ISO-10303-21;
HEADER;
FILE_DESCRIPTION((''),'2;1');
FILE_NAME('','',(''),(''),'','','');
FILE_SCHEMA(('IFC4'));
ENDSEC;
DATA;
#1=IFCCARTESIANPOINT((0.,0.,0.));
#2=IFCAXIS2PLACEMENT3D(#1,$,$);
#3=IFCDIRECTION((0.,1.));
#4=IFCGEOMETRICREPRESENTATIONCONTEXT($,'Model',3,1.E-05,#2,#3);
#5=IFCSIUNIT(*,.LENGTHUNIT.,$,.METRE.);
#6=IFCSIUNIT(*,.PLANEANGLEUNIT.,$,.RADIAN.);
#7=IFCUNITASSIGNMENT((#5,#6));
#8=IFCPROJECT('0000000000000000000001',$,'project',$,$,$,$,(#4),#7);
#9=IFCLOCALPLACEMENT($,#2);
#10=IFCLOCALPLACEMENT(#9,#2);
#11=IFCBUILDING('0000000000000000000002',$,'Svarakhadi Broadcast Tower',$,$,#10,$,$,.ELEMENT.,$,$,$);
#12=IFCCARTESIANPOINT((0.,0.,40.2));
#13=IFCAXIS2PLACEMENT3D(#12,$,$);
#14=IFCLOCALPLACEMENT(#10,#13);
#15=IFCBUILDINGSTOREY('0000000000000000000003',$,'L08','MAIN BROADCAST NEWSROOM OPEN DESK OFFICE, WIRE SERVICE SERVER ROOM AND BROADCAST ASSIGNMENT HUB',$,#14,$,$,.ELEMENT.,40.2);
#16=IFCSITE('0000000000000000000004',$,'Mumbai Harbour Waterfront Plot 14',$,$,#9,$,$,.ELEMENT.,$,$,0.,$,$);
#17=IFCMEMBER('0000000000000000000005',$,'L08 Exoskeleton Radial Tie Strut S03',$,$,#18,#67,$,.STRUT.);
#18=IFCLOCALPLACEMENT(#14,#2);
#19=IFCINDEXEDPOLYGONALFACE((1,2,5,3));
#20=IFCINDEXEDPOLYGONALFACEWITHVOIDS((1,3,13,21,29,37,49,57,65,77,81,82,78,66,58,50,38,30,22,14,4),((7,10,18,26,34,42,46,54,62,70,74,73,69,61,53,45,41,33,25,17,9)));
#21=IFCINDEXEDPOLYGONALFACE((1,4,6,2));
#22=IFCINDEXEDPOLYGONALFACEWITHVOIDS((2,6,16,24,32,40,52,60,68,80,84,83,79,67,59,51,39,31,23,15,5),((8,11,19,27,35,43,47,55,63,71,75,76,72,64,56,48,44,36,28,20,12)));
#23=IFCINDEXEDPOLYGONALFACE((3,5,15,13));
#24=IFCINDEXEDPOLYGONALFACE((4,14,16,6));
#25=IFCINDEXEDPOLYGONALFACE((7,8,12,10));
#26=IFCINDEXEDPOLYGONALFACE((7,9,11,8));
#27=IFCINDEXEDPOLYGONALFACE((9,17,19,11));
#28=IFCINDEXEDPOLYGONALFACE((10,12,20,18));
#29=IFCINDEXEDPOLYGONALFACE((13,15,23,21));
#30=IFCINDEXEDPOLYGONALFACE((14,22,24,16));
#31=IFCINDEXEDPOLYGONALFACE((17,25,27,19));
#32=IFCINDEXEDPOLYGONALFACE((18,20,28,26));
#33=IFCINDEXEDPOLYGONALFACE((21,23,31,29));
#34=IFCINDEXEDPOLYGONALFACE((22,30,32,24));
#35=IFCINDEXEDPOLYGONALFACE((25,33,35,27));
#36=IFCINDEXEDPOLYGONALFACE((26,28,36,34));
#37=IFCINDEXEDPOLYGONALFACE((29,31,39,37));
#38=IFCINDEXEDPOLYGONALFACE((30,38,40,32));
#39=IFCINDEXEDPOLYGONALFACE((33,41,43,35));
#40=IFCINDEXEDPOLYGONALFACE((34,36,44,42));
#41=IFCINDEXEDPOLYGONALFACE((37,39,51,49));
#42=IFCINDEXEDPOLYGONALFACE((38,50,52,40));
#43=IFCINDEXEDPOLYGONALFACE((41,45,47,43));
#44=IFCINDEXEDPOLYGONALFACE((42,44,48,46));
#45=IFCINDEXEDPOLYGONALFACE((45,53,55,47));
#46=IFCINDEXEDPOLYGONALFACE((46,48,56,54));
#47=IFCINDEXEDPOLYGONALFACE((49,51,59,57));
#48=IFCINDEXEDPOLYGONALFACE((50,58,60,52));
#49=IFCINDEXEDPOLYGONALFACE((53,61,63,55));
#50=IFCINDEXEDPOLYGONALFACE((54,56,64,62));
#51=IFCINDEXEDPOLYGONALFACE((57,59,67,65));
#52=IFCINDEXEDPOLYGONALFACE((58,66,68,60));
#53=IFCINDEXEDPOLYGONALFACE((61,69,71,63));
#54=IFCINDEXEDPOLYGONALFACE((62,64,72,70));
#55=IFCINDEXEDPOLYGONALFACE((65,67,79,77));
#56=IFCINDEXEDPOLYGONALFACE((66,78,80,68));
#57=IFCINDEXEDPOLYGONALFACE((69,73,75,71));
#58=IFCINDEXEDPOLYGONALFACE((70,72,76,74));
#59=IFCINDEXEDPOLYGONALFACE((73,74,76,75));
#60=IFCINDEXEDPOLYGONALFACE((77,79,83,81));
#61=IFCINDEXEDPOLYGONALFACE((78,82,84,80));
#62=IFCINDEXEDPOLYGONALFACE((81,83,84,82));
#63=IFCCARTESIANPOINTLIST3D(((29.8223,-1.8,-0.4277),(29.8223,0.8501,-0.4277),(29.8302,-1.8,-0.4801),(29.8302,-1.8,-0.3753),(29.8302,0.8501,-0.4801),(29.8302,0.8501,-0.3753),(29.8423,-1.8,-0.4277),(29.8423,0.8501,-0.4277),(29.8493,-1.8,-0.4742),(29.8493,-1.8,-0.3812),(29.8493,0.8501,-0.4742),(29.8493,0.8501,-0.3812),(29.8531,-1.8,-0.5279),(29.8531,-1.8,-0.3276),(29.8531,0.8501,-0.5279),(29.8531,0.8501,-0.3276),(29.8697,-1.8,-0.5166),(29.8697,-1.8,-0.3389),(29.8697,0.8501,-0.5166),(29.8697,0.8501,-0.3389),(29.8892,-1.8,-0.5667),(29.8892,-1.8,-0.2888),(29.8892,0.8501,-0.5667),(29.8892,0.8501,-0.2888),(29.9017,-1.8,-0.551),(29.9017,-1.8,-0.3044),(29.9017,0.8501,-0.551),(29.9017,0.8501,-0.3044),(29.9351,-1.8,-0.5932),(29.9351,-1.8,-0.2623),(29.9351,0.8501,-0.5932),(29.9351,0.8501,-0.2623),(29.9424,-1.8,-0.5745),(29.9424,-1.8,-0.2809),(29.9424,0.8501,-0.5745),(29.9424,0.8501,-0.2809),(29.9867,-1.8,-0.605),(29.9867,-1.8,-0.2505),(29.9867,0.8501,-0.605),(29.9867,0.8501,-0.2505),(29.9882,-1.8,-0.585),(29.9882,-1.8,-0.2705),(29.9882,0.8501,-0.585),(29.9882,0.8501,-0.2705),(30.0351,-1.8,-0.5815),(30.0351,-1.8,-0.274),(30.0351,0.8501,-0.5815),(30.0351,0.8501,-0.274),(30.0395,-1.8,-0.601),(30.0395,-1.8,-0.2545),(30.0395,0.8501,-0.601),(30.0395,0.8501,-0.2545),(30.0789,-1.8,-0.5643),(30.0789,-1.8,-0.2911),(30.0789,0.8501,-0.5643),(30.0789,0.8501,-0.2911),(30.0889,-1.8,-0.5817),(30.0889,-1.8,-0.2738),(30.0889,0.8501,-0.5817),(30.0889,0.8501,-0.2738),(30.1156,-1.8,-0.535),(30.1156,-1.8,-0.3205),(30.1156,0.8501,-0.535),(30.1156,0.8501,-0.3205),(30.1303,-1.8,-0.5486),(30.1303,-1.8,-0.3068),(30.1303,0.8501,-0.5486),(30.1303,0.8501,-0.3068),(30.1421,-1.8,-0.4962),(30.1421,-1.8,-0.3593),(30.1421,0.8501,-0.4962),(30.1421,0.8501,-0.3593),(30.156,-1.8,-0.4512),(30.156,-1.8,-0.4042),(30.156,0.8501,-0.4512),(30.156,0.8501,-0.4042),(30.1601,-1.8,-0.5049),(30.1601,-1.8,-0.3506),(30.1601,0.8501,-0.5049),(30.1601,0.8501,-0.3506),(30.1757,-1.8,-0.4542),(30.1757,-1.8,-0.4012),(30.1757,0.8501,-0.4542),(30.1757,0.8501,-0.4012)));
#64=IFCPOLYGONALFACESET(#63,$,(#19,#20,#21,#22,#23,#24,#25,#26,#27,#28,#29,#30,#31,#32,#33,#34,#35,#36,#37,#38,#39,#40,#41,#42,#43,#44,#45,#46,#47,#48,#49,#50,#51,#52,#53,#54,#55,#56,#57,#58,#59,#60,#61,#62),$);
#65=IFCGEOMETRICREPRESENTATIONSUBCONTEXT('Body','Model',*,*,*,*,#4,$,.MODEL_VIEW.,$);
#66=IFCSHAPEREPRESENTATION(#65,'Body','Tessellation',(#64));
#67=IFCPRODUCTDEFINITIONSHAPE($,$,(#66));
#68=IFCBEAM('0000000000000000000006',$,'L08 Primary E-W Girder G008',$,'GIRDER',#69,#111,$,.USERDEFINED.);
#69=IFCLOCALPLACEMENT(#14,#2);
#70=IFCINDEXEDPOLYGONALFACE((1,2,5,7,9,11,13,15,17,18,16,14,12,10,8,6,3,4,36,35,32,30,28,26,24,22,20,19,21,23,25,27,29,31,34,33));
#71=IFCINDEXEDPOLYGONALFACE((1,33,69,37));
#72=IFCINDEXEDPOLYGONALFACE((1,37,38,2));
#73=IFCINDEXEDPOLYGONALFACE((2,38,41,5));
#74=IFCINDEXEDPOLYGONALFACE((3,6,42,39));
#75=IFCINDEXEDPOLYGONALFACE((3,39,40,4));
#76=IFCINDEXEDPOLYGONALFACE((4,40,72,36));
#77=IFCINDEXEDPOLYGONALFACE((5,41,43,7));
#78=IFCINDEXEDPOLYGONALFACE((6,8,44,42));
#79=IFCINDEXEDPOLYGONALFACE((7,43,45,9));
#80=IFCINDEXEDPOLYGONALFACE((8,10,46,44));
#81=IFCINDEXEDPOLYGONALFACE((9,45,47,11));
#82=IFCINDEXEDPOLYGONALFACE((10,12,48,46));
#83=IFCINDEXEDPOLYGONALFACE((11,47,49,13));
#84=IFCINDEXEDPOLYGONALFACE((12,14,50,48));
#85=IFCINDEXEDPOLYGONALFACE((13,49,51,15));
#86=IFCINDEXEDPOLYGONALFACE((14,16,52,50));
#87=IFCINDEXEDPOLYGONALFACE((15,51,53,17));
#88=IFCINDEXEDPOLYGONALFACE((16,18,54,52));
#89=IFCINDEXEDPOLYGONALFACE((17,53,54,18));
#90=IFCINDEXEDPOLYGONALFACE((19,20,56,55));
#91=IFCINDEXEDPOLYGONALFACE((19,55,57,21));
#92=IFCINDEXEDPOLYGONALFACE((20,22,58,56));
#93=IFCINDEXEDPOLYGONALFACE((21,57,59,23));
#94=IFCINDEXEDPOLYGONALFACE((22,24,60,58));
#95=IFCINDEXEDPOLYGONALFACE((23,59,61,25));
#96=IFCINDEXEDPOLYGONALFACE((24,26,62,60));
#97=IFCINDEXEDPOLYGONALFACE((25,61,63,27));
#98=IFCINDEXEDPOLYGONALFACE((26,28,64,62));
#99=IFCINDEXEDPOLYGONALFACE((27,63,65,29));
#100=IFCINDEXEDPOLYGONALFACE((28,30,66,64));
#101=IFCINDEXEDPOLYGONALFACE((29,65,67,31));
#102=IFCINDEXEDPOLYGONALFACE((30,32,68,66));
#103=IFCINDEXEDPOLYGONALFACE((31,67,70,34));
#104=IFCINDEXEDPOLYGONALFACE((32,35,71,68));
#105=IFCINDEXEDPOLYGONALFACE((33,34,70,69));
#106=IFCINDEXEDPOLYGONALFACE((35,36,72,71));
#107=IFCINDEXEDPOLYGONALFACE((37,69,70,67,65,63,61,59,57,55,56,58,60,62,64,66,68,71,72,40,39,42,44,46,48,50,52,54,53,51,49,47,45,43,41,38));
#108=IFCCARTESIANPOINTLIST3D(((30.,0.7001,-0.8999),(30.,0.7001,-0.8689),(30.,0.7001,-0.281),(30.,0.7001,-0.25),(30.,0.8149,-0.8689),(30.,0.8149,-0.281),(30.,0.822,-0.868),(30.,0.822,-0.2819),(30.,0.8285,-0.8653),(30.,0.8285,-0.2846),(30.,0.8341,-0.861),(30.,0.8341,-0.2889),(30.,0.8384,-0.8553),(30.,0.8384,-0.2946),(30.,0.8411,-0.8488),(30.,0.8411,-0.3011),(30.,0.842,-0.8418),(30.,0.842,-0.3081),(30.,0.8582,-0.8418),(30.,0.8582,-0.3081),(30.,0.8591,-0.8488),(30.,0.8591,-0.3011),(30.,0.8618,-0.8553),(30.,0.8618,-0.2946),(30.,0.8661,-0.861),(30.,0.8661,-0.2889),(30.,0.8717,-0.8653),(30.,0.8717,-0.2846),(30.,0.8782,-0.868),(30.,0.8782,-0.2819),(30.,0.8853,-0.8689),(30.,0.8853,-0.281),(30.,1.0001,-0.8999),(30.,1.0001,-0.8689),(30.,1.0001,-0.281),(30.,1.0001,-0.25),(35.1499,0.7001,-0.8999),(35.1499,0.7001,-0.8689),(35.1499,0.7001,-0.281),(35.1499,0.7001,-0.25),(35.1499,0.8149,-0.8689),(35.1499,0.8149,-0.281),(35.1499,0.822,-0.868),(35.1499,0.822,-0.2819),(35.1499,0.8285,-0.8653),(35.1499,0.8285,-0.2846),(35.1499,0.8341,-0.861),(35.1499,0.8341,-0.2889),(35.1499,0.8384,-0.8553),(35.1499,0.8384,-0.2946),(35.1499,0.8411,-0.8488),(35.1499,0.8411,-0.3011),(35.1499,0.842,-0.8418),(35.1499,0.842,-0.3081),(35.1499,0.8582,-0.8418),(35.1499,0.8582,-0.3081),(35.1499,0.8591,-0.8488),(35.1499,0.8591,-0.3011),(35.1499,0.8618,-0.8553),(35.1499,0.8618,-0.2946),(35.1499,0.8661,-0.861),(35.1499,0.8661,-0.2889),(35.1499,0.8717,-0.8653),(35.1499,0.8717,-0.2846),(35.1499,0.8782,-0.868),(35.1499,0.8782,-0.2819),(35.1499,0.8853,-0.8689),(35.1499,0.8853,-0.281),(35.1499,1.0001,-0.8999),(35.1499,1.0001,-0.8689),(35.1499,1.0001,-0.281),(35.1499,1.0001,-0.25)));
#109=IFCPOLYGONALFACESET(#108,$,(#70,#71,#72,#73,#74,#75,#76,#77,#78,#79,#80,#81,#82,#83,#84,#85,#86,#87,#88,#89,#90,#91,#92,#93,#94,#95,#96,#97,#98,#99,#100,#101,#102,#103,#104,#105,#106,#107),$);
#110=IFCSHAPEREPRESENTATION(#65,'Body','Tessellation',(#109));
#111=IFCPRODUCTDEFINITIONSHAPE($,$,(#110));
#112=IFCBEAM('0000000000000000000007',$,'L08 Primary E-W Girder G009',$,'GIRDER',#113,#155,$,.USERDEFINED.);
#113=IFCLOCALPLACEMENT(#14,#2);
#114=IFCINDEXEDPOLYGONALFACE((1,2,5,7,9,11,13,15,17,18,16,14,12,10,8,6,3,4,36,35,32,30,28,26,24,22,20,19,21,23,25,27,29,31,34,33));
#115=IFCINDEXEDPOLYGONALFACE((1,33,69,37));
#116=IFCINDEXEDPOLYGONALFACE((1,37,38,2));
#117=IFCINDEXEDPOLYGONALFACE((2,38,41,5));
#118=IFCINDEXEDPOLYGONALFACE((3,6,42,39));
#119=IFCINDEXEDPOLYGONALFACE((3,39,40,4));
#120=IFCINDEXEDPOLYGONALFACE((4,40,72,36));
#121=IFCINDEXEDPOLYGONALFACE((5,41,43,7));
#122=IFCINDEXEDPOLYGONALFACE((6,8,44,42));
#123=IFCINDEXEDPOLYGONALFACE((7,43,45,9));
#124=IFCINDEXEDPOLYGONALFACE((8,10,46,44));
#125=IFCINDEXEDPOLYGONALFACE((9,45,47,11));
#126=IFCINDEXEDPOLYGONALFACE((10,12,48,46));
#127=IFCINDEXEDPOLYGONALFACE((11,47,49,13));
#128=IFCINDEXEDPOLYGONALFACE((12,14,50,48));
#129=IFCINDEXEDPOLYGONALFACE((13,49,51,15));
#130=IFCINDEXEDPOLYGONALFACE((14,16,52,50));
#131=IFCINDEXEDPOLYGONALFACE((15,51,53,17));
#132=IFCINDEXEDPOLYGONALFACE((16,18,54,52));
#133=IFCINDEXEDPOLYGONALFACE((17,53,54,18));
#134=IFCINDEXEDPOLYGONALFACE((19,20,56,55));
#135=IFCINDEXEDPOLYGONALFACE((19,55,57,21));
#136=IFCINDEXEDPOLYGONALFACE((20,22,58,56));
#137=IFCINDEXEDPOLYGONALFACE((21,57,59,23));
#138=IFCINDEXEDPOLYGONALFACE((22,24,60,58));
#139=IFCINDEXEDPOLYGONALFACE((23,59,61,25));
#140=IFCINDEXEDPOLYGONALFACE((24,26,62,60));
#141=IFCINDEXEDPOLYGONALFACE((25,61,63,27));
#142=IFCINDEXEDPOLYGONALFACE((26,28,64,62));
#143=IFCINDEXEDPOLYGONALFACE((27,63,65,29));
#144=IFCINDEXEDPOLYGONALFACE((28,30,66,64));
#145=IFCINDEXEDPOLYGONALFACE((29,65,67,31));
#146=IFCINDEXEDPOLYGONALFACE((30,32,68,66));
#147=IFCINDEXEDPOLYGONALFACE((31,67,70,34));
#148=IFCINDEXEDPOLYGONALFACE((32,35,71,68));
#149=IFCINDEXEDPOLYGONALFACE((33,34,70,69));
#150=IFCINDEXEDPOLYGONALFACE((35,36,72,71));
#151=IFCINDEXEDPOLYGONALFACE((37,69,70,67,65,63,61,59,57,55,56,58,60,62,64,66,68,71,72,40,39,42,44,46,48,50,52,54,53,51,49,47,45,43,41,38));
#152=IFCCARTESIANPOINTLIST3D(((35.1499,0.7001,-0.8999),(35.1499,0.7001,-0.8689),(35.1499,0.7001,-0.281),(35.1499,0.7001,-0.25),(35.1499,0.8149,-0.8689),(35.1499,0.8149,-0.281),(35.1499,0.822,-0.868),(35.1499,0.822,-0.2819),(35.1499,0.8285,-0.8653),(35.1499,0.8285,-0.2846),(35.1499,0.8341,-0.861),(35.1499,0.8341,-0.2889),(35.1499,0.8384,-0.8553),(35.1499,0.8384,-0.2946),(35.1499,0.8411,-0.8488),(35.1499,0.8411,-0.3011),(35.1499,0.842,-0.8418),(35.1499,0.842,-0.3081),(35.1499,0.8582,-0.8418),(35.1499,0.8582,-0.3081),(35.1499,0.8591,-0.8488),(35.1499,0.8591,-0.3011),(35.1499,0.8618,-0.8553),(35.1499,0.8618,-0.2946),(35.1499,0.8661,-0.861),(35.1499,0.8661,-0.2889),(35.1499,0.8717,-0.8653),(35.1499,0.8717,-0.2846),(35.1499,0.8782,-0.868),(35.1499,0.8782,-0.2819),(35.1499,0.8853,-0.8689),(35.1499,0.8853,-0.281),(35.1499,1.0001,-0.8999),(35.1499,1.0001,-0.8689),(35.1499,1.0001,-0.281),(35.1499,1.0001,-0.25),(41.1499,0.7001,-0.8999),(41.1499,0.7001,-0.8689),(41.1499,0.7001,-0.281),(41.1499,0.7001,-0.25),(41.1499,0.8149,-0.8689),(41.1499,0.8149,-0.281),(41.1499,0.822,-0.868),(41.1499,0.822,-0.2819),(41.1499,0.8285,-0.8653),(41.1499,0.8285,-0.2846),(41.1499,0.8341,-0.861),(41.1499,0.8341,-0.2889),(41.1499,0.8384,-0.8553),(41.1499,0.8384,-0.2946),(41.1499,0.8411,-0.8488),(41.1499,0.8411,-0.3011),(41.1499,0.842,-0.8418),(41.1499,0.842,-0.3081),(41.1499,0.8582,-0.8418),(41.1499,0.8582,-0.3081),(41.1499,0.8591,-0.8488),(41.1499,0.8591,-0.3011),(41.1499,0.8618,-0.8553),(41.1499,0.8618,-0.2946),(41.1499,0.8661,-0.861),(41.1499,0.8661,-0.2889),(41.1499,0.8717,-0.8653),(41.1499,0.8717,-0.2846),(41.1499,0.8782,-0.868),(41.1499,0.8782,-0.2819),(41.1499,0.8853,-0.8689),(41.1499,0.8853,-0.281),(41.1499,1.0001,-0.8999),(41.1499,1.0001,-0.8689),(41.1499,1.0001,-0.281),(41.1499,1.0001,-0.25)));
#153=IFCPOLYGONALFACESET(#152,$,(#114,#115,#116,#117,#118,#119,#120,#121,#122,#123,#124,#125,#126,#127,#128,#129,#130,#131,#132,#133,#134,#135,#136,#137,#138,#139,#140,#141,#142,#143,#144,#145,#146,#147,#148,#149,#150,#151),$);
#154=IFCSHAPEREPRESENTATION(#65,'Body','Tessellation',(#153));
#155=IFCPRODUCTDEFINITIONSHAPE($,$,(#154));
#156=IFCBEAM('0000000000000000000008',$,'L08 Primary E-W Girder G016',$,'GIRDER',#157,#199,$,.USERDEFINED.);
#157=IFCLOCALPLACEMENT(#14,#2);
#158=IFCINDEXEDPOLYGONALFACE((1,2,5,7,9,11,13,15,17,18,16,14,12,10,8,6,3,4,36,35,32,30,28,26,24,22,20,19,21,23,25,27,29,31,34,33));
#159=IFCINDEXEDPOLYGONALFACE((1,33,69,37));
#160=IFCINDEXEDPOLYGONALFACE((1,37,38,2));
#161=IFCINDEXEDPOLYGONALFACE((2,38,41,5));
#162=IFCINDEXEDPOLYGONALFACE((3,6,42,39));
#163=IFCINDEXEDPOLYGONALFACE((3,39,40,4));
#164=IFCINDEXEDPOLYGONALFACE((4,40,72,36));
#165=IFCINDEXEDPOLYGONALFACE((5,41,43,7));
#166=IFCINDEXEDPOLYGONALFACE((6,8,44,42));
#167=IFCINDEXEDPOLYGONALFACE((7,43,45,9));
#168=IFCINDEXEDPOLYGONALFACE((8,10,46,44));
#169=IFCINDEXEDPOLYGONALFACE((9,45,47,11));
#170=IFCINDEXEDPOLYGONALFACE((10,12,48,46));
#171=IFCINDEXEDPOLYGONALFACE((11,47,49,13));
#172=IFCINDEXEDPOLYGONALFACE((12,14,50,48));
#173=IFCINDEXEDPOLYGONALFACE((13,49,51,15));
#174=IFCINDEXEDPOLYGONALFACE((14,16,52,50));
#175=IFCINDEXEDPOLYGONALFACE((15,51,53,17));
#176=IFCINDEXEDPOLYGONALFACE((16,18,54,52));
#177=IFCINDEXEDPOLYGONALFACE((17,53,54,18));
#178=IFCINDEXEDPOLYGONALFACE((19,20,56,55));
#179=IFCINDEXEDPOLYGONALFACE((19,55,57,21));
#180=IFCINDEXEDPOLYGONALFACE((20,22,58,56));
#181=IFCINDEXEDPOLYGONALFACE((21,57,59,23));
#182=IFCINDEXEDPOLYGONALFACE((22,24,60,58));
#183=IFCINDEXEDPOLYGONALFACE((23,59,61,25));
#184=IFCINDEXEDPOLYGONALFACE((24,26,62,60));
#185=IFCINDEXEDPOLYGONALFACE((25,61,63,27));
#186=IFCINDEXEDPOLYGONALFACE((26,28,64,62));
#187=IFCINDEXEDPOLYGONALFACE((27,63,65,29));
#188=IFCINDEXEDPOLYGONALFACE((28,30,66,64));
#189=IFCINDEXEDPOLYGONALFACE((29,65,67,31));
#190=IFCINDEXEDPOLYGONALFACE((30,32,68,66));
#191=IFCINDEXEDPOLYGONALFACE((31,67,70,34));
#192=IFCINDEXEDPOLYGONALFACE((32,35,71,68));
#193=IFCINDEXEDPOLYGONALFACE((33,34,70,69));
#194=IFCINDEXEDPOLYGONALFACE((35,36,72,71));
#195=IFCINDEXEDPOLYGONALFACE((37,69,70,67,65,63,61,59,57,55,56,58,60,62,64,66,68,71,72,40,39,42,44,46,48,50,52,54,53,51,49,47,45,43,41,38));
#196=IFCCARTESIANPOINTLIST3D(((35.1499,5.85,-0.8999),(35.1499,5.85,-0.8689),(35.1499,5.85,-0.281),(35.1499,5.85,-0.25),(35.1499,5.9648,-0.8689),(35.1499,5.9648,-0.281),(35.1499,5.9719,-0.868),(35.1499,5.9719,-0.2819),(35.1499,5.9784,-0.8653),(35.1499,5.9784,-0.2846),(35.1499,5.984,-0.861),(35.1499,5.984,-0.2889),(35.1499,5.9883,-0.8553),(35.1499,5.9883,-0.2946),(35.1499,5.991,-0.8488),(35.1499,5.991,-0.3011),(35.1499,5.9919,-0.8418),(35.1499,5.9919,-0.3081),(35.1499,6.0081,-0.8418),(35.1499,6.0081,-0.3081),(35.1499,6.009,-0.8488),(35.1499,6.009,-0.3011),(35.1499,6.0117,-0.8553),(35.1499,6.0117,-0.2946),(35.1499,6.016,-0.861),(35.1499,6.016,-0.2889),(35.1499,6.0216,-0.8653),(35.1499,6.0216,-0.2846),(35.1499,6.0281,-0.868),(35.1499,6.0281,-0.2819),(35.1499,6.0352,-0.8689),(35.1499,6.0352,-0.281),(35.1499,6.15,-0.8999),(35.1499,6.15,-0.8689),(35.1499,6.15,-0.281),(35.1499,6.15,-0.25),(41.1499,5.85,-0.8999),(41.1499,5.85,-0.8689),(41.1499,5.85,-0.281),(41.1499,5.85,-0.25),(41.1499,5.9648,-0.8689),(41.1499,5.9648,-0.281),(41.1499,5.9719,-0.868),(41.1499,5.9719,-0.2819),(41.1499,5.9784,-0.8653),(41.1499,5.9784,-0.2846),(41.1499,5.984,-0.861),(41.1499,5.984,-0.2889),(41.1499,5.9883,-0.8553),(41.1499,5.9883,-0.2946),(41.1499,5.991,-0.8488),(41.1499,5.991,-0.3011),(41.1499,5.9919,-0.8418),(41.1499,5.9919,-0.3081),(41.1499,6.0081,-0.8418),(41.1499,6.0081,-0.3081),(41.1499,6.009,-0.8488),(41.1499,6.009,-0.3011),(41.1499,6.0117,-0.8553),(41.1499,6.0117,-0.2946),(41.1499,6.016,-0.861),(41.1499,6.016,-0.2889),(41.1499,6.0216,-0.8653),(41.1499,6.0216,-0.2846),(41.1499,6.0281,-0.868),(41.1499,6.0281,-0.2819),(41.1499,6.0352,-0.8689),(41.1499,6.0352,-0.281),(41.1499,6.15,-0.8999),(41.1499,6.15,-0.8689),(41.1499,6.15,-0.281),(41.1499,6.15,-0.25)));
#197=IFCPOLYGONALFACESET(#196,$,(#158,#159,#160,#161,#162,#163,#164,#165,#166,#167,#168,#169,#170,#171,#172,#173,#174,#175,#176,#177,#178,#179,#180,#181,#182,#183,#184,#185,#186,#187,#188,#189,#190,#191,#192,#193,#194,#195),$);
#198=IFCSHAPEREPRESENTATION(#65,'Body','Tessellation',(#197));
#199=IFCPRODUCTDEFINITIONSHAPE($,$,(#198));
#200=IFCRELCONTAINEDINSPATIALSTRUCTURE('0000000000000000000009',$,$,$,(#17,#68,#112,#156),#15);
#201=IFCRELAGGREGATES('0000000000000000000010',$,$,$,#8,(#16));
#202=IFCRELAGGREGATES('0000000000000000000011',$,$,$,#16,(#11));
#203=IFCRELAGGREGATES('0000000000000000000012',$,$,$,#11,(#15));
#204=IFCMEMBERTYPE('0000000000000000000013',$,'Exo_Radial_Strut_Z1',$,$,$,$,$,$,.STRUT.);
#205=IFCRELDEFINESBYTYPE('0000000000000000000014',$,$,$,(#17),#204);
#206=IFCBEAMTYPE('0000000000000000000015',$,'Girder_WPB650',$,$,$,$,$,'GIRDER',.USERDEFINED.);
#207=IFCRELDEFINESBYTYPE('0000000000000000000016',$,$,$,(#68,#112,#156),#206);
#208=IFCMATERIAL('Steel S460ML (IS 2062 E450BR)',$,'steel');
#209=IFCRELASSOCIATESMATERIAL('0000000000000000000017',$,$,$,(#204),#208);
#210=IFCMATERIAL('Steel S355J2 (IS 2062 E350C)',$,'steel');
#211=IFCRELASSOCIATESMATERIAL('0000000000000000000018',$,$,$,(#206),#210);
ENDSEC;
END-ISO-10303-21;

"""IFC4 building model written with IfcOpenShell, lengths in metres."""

from ifc_helpers import new_model, si_unit, direction, frame, origin, origin_2d, place, context, subcontext, project, spatial, hollow_circle, i_section, extrude, material, material_profile, profile_set, type_object, element, save


model = new_model("IFC4")

# Units and contexts
model_context = context("Model", 3, precision=1e-05, world=origin(), true_north=direction((0.0, 1.0)))
body_context = subcontext(model_context, "Body", "Model", "MODEL_VIEW")
ifc_project = project(units=[si_unit("LENGTHUNIT", "METRE"), si_unit("PLANEANGLEUNIT", "RADIAN")], contexts=[model_context])

# Site, building, storey
site_placement = place(None, origin())
site = spatial("IfcSite", under=ifc_project, at=site_placement, Name="Mumbai Harbour Waterfront Plot 14", CompositionType="ELEMENT", RefElevation=0.0)
building_placement = place(site_placement, origin())
building = spatial("IfcBuilding", under=site, at=building_placement, Name="Svarakhadi Broadcast Tower", CompositionType="ELEMENT")
storey_placement = place(building_placement, frame((0.0, 0.0, 40.2)))
storey = spatial("IfcBuildingStorey", under=building, at=storey_placement, Name="L08", Description="MAIN BROADCAST NEWSROOM OPEN DESK OFFICE, WIRE SERVICE SERVER ROOM AND BROADCAST ASSIGNMENT HUB", CompositionType="ELEMENT", Elevation=40.2)

# Shared definitions
ifc_material_1 = material(Name="Steel S460ML (IS 2062 E450BR)", Category="steel")

# Member
ifc_material_profile_1 = material_profile(ifc_material_1, hollow_circle(Radius=0.1777, WallThickness=0.02, at=origin_2d()), Name="CHS 355.6x20")
ifc_profile_set_1 = profile_set([ifc_material_profile_1], Name="Steel S460ML (IS 2062 E450BR)")
member_type_1 = type_object("IfcMemberType", Name="Exo_Radial_Strut_Z1", PredefinedType="STRUT", material=ifc_profile_set_1)
member_1_placement = place(storey_placement, frame((30.0, -1.8, -0.4277), z_axis=(0.0, 1.0, 0.0), x_axis=(-1.0, 0.0, 0.0)))
element("IfcMember", 1, at=member_1_placement, inside=storey, type_object=member_type_1, Name="L08 Exoskeleton Radial Tie Strut S03", PredefinedType="STRUT", context=body_context, shape_type="SweptSolid", body=[
    extrude(hollow_circle(Radius=0.1777, WallThickness=0.02, at=origin_2d()), origin(), (0.0, 0.0, 1.0), 2.6501),
])

# Beams
ifc_material_2 = material(Name="Steel S355J2 (IS 2062 E350C)", Category="steel")
ifc_material_profile_2 = material_profile(ifc_material_2, i_section(OverallWidth=0.3, OverallDepth=0.6499, WebThickness=0.0161, FlangeThickness=0.031, FilletRadius=0.0271, at=origin_2d()), Name="WPB 650x300x225")
ifc_profile_set_2 = profile_set([ifc_material_profile_2], Name="Steel S355J2 (IS 2062 E350C)")
beam_type_1 = type_object("IfcBeamType", Name="Girder_WPB650", ElementType="GIRDER", PredefinedType="USERDEFINED", material=ifc_profile_set_2)
beam_1_placement = place(storey_placement, frame((30.0, 0.8501, -0.575), z_axis=(1.0, 0.0, 0.0), x_axis=(0.0, 1.0, 0.0)))
element("IfcBeam", 2, at=beam_1_placement, inside=storey, type_object=beam_type_1, Name="L08 Primary E-W Girder G008", ObjectType="GIRDER", PredefinedType="USERDEFINED", context=body_context, shape_type="SweptSolid", body=[
    extrude(i_section(OverallWidth=0.3, OverallDepth=0.6499, WebThickness=0.0161, FlangeThickness=0.031, FilletRadius=0.0271, at=origin_2d()), origin(), (0.0, 0.0, 1.0), 5.1499),
])
for number, where, z_axis, x_axis, name in (
    (3, (35.1499, 0.8501, -0.575), (1.0, 0.0, 0.0), (0.0, 1.0, 0.0), "L08 Primary E-W Girder G009"),
    (4, (35.1499, 6.0, -0.575), (1.0, 0.0, 0.0), (0.0, 1.0, 0.0), "L08 Primary E-W Girder G016"),
):
    element("IfcBeam", number, at=place(storey_placement, frame(where, z_axis=z_axis, x_axis=x_axis)), inside=storey, type_object=beam_type_1, Name=name, ObjectType="GIRDER", PredefinedType="USERDEFINED", context=body_context, shape_type="SweptSolid", body=[
        extrude(i_section(OverallWidth=0.3, OverallDepth=0.6499, WebThickness=0.0161, FlangeThickness=0.031, FilletRadius=0.0271, at=origin_2d()), origin(), (0.0, 0.0, 1.0), 6.0),
    ])

save(model, "model.ifc")
